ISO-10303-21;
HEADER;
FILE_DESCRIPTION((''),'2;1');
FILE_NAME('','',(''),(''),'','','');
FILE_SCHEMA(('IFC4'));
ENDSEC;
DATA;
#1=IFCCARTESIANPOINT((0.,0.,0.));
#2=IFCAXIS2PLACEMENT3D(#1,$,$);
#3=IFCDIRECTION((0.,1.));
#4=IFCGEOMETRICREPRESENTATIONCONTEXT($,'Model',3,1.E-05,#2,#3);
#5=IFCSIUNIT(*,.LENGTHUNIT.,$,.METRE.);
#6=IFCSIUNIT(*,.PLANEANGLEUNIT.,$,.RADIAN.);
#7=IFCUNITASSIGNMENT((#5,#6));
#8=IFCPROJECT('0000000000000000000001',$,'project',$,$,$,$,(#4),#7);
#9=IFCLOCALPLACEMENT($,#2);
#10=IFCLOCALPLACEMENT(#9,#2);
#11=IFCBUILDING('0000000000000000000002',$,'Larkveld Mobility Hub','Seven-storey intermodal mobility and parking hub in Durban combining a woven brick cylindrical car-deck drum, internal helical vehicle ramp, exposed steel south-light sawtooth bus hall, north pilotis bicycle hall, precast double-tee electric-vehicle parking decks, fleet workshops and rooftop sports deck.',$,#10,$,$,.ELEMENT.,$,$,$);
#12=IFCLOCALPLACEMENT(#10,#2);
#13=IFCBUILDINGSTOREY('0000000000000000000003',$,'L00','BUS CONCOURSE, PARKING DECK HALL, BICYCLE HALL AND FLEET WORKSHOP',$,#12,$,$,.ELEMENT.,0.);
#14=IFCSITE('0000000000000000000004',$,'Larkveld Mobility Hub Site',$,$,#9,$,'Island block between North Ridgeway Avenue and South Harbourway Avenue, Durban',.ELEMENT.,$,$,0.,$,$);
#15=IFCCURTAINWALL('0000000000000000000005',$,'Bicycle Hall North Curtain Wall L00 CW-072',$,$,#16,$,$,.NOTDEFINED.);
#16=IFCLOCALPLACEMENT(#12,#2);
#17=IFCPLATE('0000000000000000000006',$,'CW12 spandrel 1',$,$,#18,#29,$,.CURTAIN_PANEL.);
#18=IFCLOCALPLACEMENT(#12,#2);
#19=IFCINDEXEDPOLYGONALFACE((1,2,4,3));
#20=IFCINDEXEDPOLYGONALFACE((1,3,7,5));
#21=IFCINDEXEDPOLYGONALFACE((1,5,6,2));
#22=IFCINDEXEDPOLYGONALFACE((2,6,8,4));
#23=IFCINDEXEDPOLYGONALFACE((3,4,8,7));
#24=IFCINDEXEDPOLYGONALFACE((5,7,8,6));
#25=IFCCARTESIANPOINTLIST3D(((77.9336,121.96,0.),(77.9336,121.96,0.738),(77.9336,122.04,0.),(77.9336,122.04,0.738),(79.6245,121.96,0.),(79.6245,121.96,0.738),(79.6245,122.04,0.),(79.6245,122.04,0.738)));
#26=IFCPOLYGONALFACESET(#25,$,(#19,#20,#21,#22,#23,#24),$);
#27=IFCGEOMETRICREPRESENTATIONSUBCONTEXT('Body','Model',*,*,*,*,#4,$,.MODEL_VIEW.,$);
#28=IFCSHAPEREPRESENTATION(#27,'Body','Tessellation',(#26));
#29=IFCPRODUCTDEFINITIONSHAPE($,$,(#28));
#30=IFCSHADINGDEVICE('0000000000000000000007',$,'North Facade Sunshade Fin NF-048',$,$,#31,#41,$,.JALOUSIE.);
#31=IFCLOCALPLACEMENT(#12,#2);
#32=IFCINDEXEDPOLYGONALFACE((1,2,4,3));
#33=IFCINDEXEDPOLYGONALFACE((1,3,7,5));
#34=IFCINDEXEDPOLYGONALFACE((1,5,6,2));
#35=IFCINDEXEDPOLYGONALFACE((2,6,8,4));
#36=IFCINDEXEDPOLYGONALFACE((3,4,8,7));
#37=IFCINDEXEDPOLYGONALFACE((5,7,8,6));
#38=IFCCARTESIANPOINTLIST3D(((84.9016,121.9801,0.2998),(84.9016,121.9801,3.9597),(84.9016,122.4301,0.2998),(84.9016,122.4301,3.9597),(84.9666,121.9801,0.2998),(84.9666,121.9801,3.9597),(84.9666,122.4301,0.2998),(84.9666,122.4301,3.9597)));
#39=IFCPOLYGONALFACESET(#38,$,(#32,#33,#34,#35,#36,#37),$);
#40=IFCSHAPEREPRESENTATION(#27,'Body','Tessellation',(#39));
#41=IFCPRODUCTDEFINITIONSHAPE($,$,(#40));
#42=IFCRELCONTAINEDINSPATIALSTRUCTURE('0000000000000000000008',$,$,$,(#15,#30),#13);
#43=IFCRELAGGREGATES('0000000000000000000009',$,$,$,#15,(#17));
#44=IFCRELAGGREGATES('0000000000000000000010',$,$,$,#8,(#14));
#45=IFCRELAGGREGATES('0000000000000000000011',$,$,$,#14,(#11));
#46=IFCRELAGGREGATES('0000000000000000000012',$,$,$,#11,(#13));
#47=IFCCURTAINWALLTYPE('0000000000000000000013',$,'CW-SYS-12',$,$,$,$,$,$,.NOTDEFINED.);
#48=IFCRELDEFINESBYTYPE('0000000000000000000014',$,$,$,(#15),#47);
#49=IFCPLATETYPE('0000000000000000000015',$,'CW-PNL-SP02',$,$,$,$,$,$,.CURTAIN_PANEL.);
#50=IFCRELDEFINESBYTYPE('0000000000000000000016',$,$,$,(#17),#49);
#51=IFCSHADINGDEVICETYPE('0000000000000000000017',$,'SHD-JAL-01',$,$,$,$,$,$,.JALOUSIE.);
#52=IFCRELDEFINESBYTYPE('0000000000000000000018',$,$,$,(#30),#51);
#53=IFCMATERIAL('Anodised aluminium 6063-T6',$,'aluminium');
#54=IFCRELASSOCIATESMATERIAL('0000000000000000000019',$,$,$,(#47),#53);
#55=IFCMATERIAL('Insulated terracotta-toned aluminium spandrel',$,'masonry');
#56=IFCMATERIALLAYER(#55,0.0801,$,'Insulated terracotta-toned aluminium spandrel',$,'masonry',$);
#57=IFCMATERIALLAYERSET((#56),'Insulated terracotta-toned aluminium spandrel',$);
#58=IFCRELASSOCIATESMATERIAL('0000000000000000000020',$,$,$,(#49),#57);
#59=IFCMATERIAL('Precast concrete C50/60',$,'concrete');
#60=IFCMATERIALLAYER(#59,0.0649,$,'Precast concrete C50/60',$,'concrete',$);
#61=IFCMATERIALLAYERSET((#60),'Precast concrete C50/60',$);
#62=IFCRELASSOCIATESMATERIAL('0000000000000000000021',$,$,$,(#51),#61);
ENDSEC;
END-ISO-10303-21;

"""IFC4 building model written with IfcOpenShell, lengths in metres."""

from ifc_helpers import new_model, si_unit, direction, frame, origin, origin_2d, place, context, subcontext, project, spatial, rectangle, extrude, material, layer, layer_set, type_object, element, aggregate, save


model = new_model("IFC4")

# Units and contexts
model_context = context("Model", 3, precision=1e-05, world=origin(), true_north=direction((0.0, 1.0)))
body_context = subcontext(model_context, "Body", "Model", "MODEL_VIEW")
ifc_project = project(units=[si_unit("LENGTHUNIT", "METRE"), si_unit("PLANEANGLEUNIT", "RADIAN")], contexts=[model_context])

# Site, building, storey
site_placement = place(None, origin())
site = spatial("IfcSite", under=ifc_project, at=site_placement, Name="Larkveld Mobility Hub Site", LongName="Island block between North Ridgeway Avenue and South Harbourway Avenue, Durban", CompositionType="ELEMENT", RefElevation=0.0)
building_placement = place(site_placement, origin())
building = spatial("IfcBuilding", under=site, at=building_placement, Name="Larkveld Mobility Hub", Description="Seven-storey intermodal mobility and parking hub in Durban combining a woven brick cylindrical car-deck drum, internal helical vehicle ramp, exposed steel south-light sawtooth bus hall, north pilotis bicycle hall, precast double-tee electric-vehicle parking decks, fleet workshops and rooftop sports deck.", CompositionType="ELEMENT")
storey_placement = place(building_placement, origin())
storey = spatial("IfcBuildingStorey", under=building, at=storey_placement, Name="L00", Description="BUS CONCOURSE, PARKING DECK HALL, BICYCLE HALL AND FLEET WORKSHOP", CompositionType="ELEMENT", Elevation=0.0)

# Shared definitions
ifc_material_1 = material(Name="Precast concrete C50/60", Category="concrete")

# Curtain wall, plate
ifc_material_2 = material(Name="Anodised aluminium 6063-T6", Category="aluminium")
curtain_wall_type = type_object("IfcCurtainWallType", Name="CW-SYS-12", PredefinedType="NOTDEFINED", material=ifc_material_2)
curtain_wall_placement = place(storey_placement, origin())
curtain_wall = element("IfcCurtainWall", 1, at=curtain_wall_placement, inside=storey, type_object=curtain_wall_type, Name="Bicycle Hall North Curtain Wall L00 CW-072", PredefinedType="NOTDEFINED")
ifc_material_3 = material(Name="Insulated terracotta-toned aluminium spandrel", Category="masonry")
ifc_layer_1 = layer(ifc_material_3, 0.0801, Name="Insulated terracotta-toned aluminium spandrel", Category="masonry")
ifc_layer_set_1 = layer_set([ifc_layer_1], Name="Insulated terracotta-toned aluminium spandrel")
plate_type_1 = type_object("IfcPlateType", Name="CW-PNL-SP02", PredefinedType="CURTAIN_PANEL", material=ifc_layer_set_1)
plate_1_placement = place(storey_placement, frame((78.7791, 122.0, 0.0), z_axis=(0.0, 0.0, 1.0), x_axis=(-1.0, 0.0, 0.0)))
plate_1 = element("IfcPlate", 2, at=plate_1_placement, type_object=plate_type_1, Name="CW12 spandrel 1", PredefinedType="CURTAIN_PANEL", context=body_context, shape_type="SweptSolid", body=[
    extrude(rectangle(XDim=1.6909, YDim=0.0801, at=origin_2d()), origin(), (0.0, 0.0, 1.0), 0.738),
])
aggregate(curtain_wall, [plate_1])

# Shading device
ifc_layer_2 = layer(ifc_material_1, 0.0649, Name="Precast concrete C50/60", Category="concrete")
ifc_layer_set_2 = layer_set([ifc_layer_2], Name="Precast concrete C50/60")
shading_device_type = type_object("IfcShadingDeviceType", Name="SHD-JAL-01", PredefinedType="JALOUSIE", material=ifc_layer_set_2)
shading_device_placement = place(storey_placement, frame((84.9341, 122.2051, 0.2998), z_axis=(0.0, 0.0, 1.0), x_axis=(1.0, 0.0, 0.0)))
element("IfcShadingDevice", 3, at=shading_device_placement, inside=storey, type_object=shading_device_type, Name="North Facade Sunshade Fin NF-048", PredefinedType="JALOUSIE", context=body_context, shape_type="SweptSolid", body=[
    extrude(rectangle(XDim=0.0649, YDim=0.45, at=origin_2d()), origin(), (0.0, 0.0, 1.0), 3.6599),
])

save(model, "model.ifc")
